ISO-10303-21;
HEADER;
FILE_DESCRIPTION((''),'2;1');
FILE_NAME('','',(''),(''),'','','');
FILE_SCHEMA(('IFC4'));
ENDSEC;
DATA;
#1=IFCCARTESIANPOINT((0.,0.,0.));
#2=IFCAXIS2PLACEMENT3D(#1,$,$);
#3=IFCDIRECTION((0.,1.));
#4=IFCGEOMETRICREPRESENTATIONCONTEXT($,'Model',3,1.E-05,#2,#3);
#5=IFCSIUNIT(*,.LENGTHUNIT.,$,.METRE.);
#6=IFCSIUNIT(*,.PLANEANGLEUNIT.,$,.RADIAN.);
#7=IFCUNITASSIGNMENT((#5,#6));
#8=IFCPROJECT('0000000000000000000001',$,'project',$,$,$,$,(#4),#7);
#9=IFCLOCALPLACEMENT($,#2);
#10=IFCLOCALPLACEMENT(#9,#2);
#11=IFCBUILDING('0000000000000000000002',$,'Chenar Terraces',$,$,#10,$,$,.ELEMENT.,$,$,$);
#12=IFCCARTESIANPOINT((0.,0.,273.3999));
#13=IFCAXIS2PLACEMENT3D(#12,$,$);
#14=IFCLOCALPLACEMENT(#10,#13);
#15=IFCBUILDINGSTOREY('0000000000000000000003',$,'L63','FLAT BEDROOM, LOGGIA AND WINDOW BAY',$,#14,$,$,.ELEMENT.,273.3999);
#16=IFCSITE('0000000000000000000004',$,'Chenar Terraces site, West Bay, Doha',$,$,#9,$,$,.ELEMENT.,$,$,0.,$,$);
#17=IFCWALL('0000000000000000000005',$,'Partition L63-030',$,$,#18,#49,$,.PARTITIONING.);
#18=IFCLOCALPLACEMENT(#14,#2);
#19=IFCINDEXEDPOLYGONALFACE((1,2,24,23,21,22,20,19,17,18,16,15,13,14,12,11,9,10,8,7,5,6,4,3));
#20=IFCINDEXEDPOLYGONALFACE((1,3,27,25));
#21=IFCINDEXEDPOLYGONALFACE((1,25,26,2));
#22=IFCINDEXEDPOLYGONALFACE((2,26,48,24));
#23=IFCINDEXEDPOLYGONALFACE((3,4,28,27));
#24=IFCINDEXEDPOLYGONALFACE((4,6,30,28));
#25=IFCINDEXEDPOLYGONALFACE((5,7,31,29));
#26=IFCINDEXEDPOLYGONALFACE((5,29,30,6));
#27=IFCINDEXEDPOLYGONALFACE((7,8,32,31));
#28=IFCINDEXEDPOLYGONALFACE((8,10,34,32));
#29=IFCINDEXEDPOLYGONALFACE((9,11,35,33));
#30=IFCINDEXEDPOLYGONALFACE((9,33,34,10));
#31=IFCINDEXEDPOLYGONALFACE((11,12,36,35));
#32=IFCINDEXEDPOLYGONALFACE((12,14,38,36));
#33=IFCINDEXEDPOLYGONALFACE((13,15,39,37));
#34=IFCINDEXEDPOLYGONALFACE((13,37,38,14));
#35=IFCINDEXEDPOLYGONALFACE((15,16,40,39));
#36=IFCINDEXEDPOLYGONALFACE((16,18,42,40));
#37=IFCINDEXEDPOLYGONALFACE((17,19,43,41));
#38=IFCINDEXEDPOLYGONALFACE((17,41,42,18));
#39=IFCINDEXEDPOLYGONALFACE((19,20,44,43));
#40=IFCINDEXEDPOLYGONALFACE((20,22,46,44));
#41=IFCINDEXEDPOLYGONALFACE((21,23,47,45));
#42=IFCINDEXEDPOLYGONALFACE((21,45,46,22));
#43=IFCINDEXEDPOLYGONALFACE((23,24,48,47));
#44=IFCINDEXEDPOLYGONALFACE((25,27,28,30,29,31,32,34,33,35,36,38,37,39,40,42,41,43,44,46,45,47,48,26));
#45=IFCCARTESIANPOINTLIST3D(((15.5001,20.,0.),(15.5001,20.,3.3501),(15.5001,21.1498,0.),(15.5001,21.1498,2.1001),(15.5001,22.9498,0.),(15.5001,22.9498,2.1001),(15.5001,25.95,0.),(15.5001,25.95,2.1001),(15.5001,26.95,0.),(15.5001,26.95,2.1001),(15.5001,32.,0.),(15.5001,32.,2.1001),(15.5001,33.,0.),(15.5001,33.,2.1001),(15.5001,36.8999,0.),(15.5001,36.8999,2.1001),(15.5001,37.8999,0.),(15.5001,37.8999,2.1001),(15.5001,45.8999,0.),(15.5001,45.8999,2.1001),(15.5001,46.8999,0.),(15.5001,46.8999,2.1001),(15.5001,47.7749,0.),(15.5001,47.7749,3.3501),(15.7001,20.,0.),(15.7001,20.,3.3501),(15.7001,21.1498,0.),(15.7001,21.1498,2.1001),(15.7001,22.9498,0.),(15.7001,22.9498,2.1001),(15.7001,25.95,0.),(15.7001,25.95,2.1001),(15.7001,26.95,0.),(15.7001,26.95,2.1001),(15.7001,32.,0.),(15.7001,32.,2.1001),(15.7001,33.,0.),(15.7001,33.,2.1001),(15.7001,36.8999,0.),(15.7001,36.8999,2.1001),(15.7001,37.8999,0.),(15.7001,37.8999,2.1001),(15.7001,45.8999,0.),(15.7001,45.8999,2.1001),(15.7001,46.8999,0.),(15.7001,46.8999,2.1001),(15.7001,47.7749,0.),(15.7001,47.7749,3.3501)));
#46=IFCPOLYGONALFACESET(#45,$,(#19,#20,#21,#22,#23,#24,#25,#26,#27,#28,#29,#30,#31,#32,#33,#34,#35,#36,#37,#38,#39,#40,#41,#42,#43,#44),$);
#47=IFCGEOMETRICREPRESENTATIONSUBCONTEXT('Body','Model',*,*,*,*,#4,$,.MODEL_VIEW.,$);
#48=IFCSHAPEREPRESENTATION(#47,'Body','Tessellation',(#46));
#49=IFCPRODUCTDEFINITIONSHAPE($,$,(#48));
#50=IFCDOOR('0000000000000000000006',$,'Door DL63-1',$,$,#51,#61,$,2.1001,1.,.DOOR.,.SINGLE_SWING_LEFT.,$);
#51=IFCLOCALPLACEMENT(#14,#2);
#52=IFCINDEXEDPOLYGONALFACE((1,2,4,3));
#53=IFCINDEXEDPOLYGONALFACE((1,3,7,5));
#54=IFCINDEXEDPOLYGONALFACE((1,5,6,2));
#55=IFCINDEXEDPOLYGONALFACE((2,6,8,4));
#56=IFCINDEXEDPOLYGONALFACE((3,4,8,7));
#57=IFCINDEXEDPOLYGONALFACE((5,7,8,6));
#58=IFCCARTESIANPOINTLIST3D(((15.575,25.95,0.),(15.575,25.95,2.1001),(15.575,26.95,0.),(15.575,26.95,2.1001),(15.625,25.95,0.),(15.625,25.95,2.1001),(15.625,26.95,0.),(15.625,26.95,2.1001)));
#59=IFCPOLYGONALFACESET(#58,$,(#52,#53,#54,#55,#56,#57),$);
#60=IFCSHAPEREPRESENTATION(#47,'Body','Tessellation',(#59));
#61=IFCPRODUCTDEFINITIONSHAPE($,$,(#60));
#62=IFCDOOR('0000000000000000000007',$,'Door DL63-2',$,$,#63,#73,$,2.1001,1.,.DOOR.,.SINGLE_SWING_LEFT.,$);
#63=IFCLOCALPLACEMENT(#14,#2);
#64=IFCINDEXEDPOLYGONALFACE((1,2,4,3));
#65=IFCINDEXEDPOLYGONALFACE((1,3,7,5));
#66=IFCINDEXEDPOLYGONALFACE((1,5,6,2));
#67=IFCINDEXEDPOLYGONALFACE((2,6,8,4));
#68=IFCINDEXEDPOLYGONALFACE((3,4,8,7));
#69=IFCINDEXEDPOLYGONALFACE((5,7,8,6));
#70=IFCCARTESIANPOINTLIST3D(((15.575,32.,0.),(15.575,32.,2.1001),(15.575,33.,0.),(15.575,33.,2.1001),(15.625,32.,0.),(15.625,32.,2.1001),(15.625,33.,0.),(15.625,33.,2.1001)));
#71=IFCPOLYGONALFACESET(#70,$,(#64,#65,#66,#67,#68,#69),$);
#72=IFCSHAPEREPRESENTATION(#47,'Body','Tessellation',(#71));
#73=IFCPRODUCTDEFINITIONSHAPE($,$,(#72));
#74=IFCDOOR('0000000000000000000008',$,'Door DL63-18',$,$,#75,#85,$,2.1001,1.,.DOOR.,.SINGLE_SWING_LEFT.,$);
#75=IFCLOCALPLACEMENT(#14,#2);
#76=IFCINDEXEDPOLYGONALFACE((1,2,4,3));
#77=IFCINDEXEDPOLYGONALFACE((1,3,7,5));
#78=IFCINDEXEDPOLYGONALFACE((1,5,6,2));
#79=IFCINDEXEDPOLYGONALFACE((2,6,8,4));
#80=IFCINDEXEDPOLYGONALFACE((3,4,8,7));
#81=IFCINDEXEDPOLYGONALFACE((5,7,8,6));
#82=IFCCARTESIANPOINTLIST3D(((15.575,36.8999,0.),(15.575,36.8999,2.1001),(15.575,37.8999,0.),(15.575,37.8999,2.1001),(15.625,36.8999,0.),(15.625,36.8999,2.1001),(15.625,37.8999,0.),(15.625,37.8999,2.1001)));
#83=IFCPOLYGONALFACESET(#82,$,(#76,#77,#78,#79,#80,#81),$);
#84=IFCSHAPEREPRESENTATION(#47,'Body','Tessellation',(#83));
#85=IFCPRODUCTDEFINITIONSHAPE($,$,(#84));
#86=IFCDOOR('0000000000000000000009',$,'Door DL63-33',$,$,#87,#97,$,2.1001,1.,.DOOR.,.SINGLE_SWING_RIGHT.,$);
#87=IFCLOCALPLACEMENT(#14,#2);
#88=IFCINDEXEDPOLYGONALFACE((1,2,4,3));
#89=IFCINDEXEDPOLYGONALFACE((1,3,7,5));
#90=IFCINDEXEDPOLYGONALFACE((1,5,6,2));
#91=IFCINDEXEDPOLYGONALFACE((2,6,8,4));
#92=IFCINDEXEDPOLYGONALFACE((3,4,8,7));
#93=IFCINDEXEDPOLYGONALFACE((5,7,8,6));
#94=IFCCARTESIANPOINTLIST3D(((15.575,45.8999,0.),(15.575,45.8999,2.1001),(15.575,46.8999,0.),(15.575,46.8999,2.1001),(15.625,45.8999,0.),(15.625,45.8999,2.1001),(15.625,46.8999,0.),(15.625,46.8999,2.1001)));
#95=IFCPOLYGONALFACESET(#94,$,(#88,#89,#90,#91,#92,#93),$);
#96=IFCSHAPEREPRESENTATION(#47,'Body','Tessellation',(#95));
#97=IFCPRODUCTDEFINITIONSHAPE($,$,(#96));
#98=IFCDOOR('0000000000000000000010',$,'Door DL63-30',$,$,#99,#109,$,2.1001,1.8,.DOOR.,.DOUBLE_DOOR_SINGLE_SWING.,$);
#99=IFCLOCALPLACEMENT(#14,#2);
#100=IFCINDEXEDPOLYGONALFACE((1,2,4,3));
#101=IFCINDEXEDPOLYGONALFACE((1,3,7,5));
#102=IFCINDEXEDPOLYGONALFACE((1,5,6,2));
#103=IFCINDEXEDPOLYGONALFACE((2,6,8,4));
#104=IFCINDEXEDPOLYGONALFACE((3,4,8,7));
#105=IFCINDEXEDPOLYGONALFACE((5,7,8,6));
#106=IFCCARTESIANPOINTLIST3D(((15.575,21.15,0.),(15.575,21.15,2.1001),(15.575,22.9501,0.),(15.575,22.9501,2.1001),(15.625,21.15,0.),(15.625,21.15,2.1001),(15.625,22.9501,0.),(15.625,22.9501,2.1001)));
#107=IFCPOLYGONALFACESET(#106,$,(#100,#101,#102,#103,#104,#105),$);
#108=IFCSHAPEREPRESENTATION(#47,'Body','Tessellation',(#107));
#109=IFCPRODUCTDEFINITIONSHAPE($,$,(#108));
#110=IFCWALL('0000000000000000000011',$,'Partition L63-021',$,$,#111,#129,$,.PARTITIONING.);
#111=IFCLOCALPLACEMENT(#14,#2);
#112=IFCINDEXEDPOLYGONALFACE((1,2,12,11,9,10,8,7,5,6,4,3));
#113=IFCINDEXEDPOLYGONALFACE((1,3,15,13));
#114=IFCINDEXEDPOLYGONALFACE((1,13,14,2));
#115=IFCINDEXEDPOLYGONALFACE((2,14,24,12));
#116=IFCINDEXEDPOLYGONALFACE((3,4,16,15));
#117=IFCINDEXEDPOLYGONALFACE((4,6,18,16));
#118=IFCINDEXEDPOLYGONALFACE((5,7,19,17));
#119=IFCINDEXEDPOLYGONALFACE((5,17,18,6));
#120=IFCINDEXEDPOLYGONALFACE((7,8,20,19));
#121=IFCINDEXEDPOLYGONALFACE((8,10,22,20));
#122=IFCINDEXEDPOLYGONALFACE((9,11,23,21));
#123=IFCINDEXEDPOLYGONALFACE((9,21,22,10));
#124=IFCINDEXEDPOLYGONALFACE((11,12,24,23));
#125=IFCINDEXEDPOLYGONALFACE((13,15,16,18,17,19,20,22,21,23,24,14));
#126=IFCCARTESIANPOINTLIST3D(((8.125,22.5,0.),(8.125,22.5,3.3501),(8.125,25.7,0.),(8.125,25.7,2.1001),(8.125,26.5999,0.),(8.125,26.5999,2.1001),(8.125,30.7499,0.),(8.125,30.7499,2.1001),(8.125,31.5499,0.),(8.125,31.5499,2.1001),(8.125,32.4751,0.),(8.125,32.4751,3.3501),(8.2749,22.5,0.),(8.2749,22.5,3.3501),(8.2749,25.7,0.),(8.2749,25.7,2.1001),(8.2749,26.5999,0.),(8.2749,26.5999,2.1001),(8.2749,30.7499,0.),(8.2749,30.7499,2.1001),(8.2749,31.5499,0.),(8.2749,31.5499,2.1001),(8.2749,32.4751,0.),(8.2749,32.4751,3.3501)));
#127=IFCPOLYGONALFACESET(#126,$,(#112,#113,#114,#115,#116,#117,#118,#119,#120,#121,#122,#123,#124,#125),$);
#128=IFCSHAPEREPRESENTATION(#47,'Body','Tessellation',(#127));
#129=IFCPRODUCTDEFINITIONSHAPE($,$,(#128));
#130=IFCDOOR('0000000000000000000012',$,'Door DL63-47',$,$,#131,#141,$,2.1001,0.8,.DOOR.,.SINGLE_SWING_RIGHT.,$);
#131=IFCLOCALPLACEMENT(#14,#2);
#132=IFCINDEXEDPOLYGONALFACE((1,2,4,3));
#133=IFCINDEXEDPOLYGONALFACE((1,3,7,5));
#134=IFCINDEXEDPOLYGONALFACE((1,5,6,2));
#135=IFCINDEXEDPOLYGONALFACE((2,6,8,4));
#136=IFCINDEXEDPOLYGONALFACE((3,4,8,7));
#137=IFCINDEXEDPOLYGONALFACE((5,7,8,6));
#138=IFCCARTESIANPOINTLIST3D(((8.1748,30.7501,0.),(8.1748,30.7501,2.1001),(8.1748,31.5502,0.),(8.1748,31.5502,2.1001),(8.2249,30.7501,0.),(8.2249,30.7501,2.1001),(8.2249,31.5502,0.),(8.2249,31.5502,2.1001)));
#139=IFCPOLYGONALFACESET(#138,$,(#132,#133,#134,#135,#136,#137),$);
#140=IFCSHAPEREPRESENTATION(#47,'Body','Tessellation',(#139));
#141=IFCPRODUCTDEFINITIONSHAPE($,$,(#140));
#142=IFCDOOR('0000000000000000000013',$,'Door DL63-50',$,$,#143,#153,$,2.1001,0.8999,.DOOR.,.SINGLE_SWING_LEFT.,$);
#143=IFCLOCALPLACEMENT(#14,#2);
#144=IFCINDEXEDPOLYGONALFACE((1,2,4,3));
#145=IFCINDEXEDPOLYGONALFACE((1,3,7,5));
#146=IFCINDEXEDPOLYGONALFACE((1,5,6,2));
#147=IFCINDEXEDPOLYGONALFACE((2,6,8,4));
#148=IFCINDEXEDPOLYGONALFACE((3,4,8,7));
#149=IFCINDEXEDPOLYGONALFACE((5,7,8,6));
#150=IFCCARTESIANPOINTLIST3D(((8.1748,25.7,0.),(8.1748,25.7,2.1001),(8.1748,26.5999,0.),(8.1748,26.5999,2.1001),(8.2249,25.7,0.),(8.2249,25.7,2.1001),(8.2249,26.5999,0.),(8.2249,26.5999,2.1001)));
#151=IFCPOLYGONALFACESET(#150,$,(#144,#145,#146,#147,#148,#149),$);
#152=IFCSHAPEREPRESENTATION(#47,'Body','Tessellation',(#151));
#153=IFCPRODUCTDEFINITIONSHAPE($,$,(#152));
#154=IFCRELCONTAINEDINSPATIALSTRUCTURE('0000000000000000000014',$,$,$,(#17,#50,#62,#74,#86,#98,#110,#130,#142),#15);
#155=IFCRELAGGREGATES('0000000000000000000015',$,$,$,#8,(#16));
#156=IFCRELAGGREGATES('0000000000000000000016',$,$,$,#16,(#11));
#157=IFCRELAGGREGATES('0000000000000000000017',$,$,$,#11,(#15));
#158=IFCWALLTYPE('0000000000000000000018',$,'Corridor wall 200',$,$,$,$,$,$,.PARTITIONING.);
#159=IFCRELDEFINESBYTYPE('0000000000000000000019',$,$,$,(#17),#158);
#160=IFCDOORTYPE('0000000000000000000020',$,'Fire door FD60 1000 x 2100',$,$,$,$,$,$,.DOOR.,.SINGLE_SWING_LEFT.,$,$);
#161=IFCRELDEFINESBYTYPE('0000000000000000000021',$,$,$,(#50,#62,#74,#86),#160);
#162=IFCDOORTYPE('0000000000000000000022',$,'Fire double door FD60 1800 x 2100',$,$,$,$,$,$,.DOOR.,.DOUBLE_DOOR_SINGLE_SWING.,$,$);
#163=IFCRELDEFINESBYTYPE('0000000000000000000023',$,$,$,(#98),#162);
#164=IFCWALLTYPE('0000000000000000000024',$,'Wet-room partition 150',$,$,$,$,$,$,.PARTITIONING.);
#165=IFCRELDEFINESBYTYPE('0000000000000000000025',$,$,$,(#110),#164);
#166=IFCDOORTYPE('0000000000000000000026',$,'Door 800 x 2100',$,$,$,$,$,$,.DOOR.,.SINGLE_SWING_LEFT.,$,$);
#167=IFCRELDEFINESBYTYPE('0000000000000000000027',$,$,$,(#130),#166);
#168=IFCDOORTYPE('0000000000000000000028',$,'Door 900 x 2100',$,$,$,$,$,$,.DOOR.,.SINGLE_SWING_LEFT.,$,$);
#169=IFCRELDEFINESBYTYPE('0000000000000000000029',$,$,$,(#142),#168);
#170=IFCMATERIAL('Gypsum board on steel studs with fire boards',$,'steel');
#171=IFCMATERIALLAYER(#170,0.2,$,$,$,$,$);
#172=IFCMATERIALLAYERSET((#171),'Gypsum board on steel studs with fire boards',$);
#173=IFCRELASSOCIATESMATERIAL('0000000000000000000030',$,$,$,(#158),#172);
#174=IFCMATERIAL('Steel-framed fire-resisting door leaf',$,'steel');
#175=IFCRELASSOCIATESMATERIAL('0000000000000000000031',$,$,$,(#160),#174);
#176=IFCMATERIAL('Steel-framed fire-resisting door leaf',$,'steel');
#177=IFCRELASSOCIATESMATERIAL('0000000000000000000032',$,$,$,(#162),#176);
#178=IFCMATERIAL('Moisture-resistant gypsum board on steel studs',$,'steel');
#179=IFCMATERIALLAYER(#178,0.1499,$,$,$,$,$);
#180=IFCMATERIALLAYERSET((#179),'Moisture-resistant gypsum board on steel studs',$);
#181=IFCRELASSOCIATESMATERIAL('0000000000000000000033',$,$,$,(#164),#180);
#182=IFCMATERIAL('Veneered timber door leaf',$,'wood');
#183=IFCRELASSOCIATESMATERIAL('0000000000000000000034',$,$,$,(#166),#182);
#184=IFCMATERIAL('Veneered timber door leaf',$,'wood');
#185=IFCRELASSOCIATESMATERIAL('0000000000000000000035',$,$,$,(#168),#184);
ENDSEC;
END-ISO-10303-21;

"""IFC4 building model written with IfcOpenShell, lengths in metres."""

from ifc_helpers import new_model, si_unit, direction, frame, frame_2d, origin, place, context, subcontext, project, spatial, rectangle, extrude, material, layer, layer_set, type_object, element, fill, save


model = new_model("IFC4")

# Units and contexts
model_context = context("Model", 3, precision=1e-05, world=origin(), true_north=direction((0.0, 1.0)))
body_context = subcontext(model_context, "Body", "Model", "MODEL_VIEW")
ifc_project = project(units=[si_unit("LENGTHUNIT", "METRE"), si_unit("PLANEANGLEUNIT", "RADIAN")], contexts=[model_context])

# Site, building, storey
site_placement = place(None, origin())
site = spatial("IfcSite", under=ifc_project, at=site_placement, Name="Chenar Terraces site, West Bay, Doha", CompositionType="ELEMENT", RefElevation=0.0)
building_placement = place(site_placement, origin())
building = spatial("IfcBuilding", under=site, at=building_placement, Name="Chenar Terraces", CompositionType="ELEMENT")
storey_placement = place(building_placement, frame((0.0, 0.0, 273.3999)))
storey = spatial("IfcBuildingStorey", under=building, at=storey_placement, Name="L63", Description="FLAT BEDROOM, LOGGIA AND WINDOW BAY", CompositionType="ELEMENT", Elevation=273.3999)

# Walls, openings, doors
ifc_material_1 = material(Name="Gypsum board on steel studs with fire boards", Category="steel")
ifc_layer_1 = layer(ifc_material_1, 0.2)
ifc_layer_set_1 = layer_set([ifc_layer_1], Name="Gypsum board on steel studs with fire boards")
wall_type_1 = type_object("IfcWallType", Name="Corridor wall 200", PredefinedType="PARTITIONING", material=ifc_layer_set_1)
wall_1_placement = place(storey_placement, frame((15.6001, 20.0, 0.0), z_axis=(0.0, 0.0, 1.0), x_axis=(0.0, 1.0, 0.0)))
wall_1 = element("IfcWall", 1, at=wall_1_placement, inside=storey, type_object=wall_type_1, Name="Partition L63-030", PredefinedType="PARTITIONING", context=body_context, shape_type="SweptSolid", body=[
    extrude(rectangle(XDim=27.7749, YDim=0.2, at=frame_2d((13.8875, 0.0))), origin(), (0.0, 0.0, 1.0), 3.3501),
])
opening_1_placement = place(wall_1_placement, frame((5.95, 0.0, 0.0)))
opening_1 = element("IfcOpeningElement", 2, at=opening_1_placement, cuts=wall_1, PredefinedType="OPENING", context=body_context, shape_type="SweptSolid", body=[
    extrude(rectangle(XDim=1.0, YDim=2.1001, at=frame_2d((0.5, 1.05))), frame((0.0, 0.1099, 0.0), z_axis=(0.0, -1.0, 0.0), x_axis=(1.0, 0.0, 0.0)), (0.0, 0.0, 1.0), 0.22),
])
opening_2_placement = place(wall_1_placement, frame((12.0, 0.0, 0.0)))
opening_2 = element("IfcOpeningElement", 3, at=opening_2_placement, cuts=wall_1, PredefinedType="OPENING", context=body_context, shape_type="SweptSolid", body=[
    extrude(rectangle(XDim=1.0, YDim=2.1001, at=frame_2d((0.5, 1.05))), frame((0.0, 0.1099, 0.0), z_axis=(0.0, -1.0, 0.0), x_axis=(1.0, 0.0, 0.0)), (0.0, 0.0, 1.0), 0.22),
])
opening_3_placement = place(wall_1_placement, frame((16.8999, 0.0, 0.0)))
opening_3 = element("IfcOpeningElement", 4, at=opening_3_placement, cuts=wall_1, PredefinedType="OPENING", context=body_context, shape_type="SweptSolid", body=[
    extrude(rectangle(XDim=1.0, YDim=2.1001, at=frame_2d((0.5, 1.05))), frame((0.0, 0.1099, 0.0), z_axis=(0.0, -1.0, 0.0), x_axis=(1.0, 0.0, 0.0)), (0.0, 0.0, 1.0), 0.22),
])
opening_4_placement = place(wall_1_placement, frame((1.1499, 0.0, 0.0)))
opening_4 = element("IfcOpeningElement", 5, at=opening_4_placement, cuts=wall_1, PredefinedType="OPENING", context=body_context, shape_type="SweptSolid", body=[
    extrude(rectangle(XDim=1.8, YDim=2.1001, at=frame_2d((0.8999, 1.05))), frame((0.0, 0.1099, 0.0), z_axis=(0.0, -1.0, 0.0), x_axis=(1.0, 0.0, 0.0)), (0.0, 0.0, 1.0), 0.22),
])
opening_5_placement = place(wall_1_placement, frame((25.8999, 0.0, 0.0)))
opening_5 = element("IfcOpeningElement", 6, at=opening_5_placement, cuts=wall_1, PredefinedType="OPENING", context=body_context, shape_type="SweptSolid", body=[
    extrude(rectangle(XDim=1.0, YDim=2.1001, at=frame_2d((0.5, 1.05))), frame((0.0, 0.1099, 0.0), z_axis=(0.0, -1.0, 0.0), x_axis=(1.0, 0.0, 0.0)), (0.0, 0.0, 1.0), 0.22),
])
ifc_material_2 = material(Name="Steel-framed fire-resisting door leaf", Category="steel")
door_type_1 = type_object("IfcDoorType", Name="Fire door FD60 1000 x 2100", OperationType="SINGLE_SWING_LEFT", PredefinedType="DOOR", material=ifc_material_2)
door_1_placement = place(opening_1_placement, frame((1.0, 0.0, 0.0), z_axis=(0.0, 0.0, 1.0), x_axis=(-1.0, 0.0, 0.0)))
door_1 = element("IfcDoor", 7, at=door_1_placement, inside=storey, type_object=door_type_1, Name="Door DL63-1", OperationType="SINGLE_SWING_LEFT", OverallHeight=2.1001, OverallWidth=1.0, PredefinedType="DOOR", context=body_context, shape_type="SweptSolid", body=[
    extrude(rectangle(XDim=1.0, YDim=2.1001, at=frame_2d((0.5, 1.05))), frame((0.0, 0.0249, 0.0), z_axis=(0.0, -1.0, 0.0), x_axis=(1.0, 0.0, 0.0)), (0.0, 0.0, 1.0), 0.05),
])
fill(opening_1, door_1)
door_2_placement = place(opening_2_placement, frame((1.0, 0.0, 0.0), z_axis=(0.0, 0.0, 1.0), x_axis=(-1.0, 0.0, 0.0)))
door_2 = element("IfcDoor", 8, at=door_2_placement, inside=storey, type_object=door_type_1, Name="Door DL63-2", OperationType="SINGLE_SWING_LEFT", OverallHeight=2.1001, OverallWidth=1.0, PredefinedType="DOOR", context=body_context, shape_type="SweptSolid", body=[
    extrude(rectangle(XDim=1.0, YDim=2.1001, at=frame_2d((0.5, 1.05))), frame((0.0, 0.0249, 0.0), z_axis=(0.0, -1.0, 0.0), x_axis=(1.0, 0.0, 0.0)), (0.0, 0.0, 1.0), 0.05),
])
fill(opening_2, door_2)
door_3_placement = place(opening_3_placement, frame((1.0, 0.0, 0.0), z_axis=(0.0, 0.0, 1.0), x_axis=(-1.0, 0.0, 0.0)))
door_3 = element("IfcDoor", 9, at=door_3_placement, inside=storey, type_object=door_type_1, Name="Door DL63-18", OperationType="SINGLE_SWING_LEFT", OverallHeight=2.1001, OverallWidth=1.0, PredefinedType="DOOR", context=body_context, shape_type="SweptSolid", body=[
    extrude(rectangle(XDim=1.0, YDim=2.1001, at=frame_2d((0.5, 1.05))), frame((0.0, 0.0249, 0.0), z_axis=(0.0, -1.0, 0.0), x_axis=(1.0, 0.0, 0.0)), (0.0, 0.0, 1.0), 0.05),
])
fill(opening_3, door_3)
door_4_placement = place(opening_5_placement, frame((1.0, 0.0, 0.0), z_axis=(0.0, 0.0, 1.0), x_axis=(-1.0, 0.0, 0.0)))
door_4 = element("IfcDoor", 10, at=door_4_placement, inside=storey, type_object=door_type_1, Name="Door DL63-33", OperationType="SINGLE_SWING_RIGHT", OverallHeight=2.1001, OverallWidth=1.0, PredefinedType="DOOR", context=body_context, shape_type="SweptSolid", body=[
    extrude(rectangle(XDim=1.0, YDim=2.1001, at=frame_2d((0.5, 1.05))), frame((0.0, 0.0249, 0.0), z_axis=(0.0, -1.0, 0.0), x_axis=(1.0, 0.0, 0.0)), (0.0, 0.0, 1.0), 0.05),
])
fill(opening_5, door_4)
ifc_material_3 = material(Name="Steel-framed fire-resisting door leaf", Category="steel")
door_type_2 = type_object("IfcDoorType", Name="Fire double door FD60 1800 x 2100", OperationType="DOUBLE_DOOR_SINGLE_SWING", PredefinedType="DOOR", material=ifc_material_3)
door_5_placement = place(opening_4_placement, frame((1.8, 0.0, 0.0), z_axis=(0.0, 0.0, 1.0), x_axis=(-1.0, 0.0, 0.0)))
door_5 = element("IfcDoor", 11, at=door_5_placement, inside=storey, type_object=door_type_2, Name="Door DL63-30", OperationType="DOUBLE_DOOR_SINGLE_SWING", OverallHeight=2.1001, OverallWidth=1.8, PredefinedType="DOOR", context=body_context, shape_type="SweptSolid", body=[
    extrude(rectangle(XDim=1.8, YDim=2.1001, at=frame_2d((0.8999, 1.05))), frame((0.0, 0.0249, 0.0), z_axis=(0.0, -1.0, 0.0), x_axis=(1.0, 0.0, 0.0)), (0.0, 0.0, 1.0), 0.05),
])
fill(opening_4, door_5)
ifc_material_4 = material(Name="Moisture-resistant gypsum board on steel studs", Category="steel")
ifc_layer_2 = layer(ifc_material_4, 0.1499)
ifc_layer_set_2 = layer_set([ifc_layer_2], Name="Moisture-resistant gypsum board on steel studs")
wall_type_2 = type_object("IfcWallType", Name="Wet-room partition 150", PredefinedType="PARTITIONING", material=ifc_layer_set_2)
wall_2_placement = place(storey_placement, frame((8.2, 22.5, 0.0), z_axis=(0.0, 0.0, 1.0), x_axis=(0.0, 1.0, 0.0)))
wall_2 = element("IfcWall", 12, at=wall_2_placement, inside=storey, type_object=wall_type_2, Name="Partition L63-021", PredefinedType="PARTITIONING", context=body_context, shape_type="SweptSolid", body=[
    extrude(rectangle(XDim=9.9751, YDim=0.1499, at=frame_2d((4.9875, 0.0))), origin(), (0.0, 0.0, 1.0), 3.3501),
])
opening_6_placement = place(wall_2_placement, frame((8.25, 0.0, 0.0)))
opening_6 = element("IfcOpeningElement", 13, at=opening_6_placement, cuts=wall_2, PredefinedType="OPENING", context=body_context, shape_type="SweptSolid", body=[
    extrude(rectangle(XDim=0.8, YDim=2.1001, at=frame_2d((0.3999, 1.05))), frame((0.0, 0.085, 0.0), z_axis=(0.0, -1.0, 0.0), x_axis=(1.0, 0.0, 0.0)), (0.0, 0.0, 1.0), 0.1699),
])
opening_7_placement = place(wall_2_placement, frame((3.2, 0.0, 0.0)))
opening_7 = element("IfcOpeningElement", 14, at=opening_7_placement, cuts=wall_2, PredefinedType="OPENING", context=body_context, shape_type="SweptSolid", body=[
    extrude(rectangle(XDim=0.8999, YDim=2.1001, at=frame_2d((0.45, 1.05))), frame((0.0, 0.085, 0.0), z_axis=(0.0, -1.0, 0.0), x_axis=(1.0, 0.0, 0.0)), (0.0, 0.0, 1.0), 0.1699),
])
ifc_material_5 = material(Name="Veneered timber door leaf", Category="wood")
door_type_3 = type_object("IfcDoorType", Name="Door 800 x 2100", OperationType="SINGLE_SWING_LEFT", PredefinedType="DOOR", material=ifc_material_5)
door_6_placement = place(opening_6_placement, frame((0.8, 0.0, 0.0), z_axis=(0.0, 0.0, 1.0), x_axis=(-1.0, 0.0, 0.0)))
door_6 = element("IfcDoor", 15, at=door_6_placement, inside=storey, type_object=door_type_3, Name="Door DL63-47", OperationType="SINGLE_SWING_RIGHT", OverallHeight=2.1001, OverallWidth=0.8, PredefinedType="DOOR", context=body_context, shape_type="SweptSolid", body=[
    extrude(rectangle(XDim=0.8, YDim=2.1001, at=frame_2d((0.3999, 1.05))), frame((0.0, 0.0249, 0.0), z_axis=(0.0, -1.0, 0.0), x_axis=(1.0, 0.0, 0.0)), (0.0, 0.0, 1.0), 0.05),
])
fill(opening_6, door_6)
ifc_material_6 = material(Name="Veneered timber door leaf", Category="wood")
door_type_4 = type_object("IfcDoorType", Name="Door 900 x 2100", OperationType="SINGLE_SWING_LEFT", PredefinedType="DOOR", material=ifc_material_6)
door_7_placement = place(opening_7_placement, frame((0.8999, 0.0, 0.0), z_axis=(0.0, 0.0, 1.0), x_axis=(-1.0, 0.0, 0.0)))
door_7 = element("IfcDoor", 16, at=door_7_placement, inside=storey, type_object=door_type_4, Name="Door DL63-50", OperationType="SINGLE_SWING_LEFT", OverallHeight=2.1001, OverallWidth=0.8999, PredefinedType="DOOR", context=body_context, shape_type="SweptSolid", body=[
    extrude(rectangle(XDim=0.8999, YDim=2.1001, at=frame_2d((0.45, 1.05))), frame((0.0, 0.0249, 0.0), z_axis=(0.0, -1.0, 0.0), x_axis=(1.0, 0.0, 0.0)), (0.0, 0.0, 1.0), 0.05),
])
fill(opening_7, door_7)

save(model, "model.ifc")
